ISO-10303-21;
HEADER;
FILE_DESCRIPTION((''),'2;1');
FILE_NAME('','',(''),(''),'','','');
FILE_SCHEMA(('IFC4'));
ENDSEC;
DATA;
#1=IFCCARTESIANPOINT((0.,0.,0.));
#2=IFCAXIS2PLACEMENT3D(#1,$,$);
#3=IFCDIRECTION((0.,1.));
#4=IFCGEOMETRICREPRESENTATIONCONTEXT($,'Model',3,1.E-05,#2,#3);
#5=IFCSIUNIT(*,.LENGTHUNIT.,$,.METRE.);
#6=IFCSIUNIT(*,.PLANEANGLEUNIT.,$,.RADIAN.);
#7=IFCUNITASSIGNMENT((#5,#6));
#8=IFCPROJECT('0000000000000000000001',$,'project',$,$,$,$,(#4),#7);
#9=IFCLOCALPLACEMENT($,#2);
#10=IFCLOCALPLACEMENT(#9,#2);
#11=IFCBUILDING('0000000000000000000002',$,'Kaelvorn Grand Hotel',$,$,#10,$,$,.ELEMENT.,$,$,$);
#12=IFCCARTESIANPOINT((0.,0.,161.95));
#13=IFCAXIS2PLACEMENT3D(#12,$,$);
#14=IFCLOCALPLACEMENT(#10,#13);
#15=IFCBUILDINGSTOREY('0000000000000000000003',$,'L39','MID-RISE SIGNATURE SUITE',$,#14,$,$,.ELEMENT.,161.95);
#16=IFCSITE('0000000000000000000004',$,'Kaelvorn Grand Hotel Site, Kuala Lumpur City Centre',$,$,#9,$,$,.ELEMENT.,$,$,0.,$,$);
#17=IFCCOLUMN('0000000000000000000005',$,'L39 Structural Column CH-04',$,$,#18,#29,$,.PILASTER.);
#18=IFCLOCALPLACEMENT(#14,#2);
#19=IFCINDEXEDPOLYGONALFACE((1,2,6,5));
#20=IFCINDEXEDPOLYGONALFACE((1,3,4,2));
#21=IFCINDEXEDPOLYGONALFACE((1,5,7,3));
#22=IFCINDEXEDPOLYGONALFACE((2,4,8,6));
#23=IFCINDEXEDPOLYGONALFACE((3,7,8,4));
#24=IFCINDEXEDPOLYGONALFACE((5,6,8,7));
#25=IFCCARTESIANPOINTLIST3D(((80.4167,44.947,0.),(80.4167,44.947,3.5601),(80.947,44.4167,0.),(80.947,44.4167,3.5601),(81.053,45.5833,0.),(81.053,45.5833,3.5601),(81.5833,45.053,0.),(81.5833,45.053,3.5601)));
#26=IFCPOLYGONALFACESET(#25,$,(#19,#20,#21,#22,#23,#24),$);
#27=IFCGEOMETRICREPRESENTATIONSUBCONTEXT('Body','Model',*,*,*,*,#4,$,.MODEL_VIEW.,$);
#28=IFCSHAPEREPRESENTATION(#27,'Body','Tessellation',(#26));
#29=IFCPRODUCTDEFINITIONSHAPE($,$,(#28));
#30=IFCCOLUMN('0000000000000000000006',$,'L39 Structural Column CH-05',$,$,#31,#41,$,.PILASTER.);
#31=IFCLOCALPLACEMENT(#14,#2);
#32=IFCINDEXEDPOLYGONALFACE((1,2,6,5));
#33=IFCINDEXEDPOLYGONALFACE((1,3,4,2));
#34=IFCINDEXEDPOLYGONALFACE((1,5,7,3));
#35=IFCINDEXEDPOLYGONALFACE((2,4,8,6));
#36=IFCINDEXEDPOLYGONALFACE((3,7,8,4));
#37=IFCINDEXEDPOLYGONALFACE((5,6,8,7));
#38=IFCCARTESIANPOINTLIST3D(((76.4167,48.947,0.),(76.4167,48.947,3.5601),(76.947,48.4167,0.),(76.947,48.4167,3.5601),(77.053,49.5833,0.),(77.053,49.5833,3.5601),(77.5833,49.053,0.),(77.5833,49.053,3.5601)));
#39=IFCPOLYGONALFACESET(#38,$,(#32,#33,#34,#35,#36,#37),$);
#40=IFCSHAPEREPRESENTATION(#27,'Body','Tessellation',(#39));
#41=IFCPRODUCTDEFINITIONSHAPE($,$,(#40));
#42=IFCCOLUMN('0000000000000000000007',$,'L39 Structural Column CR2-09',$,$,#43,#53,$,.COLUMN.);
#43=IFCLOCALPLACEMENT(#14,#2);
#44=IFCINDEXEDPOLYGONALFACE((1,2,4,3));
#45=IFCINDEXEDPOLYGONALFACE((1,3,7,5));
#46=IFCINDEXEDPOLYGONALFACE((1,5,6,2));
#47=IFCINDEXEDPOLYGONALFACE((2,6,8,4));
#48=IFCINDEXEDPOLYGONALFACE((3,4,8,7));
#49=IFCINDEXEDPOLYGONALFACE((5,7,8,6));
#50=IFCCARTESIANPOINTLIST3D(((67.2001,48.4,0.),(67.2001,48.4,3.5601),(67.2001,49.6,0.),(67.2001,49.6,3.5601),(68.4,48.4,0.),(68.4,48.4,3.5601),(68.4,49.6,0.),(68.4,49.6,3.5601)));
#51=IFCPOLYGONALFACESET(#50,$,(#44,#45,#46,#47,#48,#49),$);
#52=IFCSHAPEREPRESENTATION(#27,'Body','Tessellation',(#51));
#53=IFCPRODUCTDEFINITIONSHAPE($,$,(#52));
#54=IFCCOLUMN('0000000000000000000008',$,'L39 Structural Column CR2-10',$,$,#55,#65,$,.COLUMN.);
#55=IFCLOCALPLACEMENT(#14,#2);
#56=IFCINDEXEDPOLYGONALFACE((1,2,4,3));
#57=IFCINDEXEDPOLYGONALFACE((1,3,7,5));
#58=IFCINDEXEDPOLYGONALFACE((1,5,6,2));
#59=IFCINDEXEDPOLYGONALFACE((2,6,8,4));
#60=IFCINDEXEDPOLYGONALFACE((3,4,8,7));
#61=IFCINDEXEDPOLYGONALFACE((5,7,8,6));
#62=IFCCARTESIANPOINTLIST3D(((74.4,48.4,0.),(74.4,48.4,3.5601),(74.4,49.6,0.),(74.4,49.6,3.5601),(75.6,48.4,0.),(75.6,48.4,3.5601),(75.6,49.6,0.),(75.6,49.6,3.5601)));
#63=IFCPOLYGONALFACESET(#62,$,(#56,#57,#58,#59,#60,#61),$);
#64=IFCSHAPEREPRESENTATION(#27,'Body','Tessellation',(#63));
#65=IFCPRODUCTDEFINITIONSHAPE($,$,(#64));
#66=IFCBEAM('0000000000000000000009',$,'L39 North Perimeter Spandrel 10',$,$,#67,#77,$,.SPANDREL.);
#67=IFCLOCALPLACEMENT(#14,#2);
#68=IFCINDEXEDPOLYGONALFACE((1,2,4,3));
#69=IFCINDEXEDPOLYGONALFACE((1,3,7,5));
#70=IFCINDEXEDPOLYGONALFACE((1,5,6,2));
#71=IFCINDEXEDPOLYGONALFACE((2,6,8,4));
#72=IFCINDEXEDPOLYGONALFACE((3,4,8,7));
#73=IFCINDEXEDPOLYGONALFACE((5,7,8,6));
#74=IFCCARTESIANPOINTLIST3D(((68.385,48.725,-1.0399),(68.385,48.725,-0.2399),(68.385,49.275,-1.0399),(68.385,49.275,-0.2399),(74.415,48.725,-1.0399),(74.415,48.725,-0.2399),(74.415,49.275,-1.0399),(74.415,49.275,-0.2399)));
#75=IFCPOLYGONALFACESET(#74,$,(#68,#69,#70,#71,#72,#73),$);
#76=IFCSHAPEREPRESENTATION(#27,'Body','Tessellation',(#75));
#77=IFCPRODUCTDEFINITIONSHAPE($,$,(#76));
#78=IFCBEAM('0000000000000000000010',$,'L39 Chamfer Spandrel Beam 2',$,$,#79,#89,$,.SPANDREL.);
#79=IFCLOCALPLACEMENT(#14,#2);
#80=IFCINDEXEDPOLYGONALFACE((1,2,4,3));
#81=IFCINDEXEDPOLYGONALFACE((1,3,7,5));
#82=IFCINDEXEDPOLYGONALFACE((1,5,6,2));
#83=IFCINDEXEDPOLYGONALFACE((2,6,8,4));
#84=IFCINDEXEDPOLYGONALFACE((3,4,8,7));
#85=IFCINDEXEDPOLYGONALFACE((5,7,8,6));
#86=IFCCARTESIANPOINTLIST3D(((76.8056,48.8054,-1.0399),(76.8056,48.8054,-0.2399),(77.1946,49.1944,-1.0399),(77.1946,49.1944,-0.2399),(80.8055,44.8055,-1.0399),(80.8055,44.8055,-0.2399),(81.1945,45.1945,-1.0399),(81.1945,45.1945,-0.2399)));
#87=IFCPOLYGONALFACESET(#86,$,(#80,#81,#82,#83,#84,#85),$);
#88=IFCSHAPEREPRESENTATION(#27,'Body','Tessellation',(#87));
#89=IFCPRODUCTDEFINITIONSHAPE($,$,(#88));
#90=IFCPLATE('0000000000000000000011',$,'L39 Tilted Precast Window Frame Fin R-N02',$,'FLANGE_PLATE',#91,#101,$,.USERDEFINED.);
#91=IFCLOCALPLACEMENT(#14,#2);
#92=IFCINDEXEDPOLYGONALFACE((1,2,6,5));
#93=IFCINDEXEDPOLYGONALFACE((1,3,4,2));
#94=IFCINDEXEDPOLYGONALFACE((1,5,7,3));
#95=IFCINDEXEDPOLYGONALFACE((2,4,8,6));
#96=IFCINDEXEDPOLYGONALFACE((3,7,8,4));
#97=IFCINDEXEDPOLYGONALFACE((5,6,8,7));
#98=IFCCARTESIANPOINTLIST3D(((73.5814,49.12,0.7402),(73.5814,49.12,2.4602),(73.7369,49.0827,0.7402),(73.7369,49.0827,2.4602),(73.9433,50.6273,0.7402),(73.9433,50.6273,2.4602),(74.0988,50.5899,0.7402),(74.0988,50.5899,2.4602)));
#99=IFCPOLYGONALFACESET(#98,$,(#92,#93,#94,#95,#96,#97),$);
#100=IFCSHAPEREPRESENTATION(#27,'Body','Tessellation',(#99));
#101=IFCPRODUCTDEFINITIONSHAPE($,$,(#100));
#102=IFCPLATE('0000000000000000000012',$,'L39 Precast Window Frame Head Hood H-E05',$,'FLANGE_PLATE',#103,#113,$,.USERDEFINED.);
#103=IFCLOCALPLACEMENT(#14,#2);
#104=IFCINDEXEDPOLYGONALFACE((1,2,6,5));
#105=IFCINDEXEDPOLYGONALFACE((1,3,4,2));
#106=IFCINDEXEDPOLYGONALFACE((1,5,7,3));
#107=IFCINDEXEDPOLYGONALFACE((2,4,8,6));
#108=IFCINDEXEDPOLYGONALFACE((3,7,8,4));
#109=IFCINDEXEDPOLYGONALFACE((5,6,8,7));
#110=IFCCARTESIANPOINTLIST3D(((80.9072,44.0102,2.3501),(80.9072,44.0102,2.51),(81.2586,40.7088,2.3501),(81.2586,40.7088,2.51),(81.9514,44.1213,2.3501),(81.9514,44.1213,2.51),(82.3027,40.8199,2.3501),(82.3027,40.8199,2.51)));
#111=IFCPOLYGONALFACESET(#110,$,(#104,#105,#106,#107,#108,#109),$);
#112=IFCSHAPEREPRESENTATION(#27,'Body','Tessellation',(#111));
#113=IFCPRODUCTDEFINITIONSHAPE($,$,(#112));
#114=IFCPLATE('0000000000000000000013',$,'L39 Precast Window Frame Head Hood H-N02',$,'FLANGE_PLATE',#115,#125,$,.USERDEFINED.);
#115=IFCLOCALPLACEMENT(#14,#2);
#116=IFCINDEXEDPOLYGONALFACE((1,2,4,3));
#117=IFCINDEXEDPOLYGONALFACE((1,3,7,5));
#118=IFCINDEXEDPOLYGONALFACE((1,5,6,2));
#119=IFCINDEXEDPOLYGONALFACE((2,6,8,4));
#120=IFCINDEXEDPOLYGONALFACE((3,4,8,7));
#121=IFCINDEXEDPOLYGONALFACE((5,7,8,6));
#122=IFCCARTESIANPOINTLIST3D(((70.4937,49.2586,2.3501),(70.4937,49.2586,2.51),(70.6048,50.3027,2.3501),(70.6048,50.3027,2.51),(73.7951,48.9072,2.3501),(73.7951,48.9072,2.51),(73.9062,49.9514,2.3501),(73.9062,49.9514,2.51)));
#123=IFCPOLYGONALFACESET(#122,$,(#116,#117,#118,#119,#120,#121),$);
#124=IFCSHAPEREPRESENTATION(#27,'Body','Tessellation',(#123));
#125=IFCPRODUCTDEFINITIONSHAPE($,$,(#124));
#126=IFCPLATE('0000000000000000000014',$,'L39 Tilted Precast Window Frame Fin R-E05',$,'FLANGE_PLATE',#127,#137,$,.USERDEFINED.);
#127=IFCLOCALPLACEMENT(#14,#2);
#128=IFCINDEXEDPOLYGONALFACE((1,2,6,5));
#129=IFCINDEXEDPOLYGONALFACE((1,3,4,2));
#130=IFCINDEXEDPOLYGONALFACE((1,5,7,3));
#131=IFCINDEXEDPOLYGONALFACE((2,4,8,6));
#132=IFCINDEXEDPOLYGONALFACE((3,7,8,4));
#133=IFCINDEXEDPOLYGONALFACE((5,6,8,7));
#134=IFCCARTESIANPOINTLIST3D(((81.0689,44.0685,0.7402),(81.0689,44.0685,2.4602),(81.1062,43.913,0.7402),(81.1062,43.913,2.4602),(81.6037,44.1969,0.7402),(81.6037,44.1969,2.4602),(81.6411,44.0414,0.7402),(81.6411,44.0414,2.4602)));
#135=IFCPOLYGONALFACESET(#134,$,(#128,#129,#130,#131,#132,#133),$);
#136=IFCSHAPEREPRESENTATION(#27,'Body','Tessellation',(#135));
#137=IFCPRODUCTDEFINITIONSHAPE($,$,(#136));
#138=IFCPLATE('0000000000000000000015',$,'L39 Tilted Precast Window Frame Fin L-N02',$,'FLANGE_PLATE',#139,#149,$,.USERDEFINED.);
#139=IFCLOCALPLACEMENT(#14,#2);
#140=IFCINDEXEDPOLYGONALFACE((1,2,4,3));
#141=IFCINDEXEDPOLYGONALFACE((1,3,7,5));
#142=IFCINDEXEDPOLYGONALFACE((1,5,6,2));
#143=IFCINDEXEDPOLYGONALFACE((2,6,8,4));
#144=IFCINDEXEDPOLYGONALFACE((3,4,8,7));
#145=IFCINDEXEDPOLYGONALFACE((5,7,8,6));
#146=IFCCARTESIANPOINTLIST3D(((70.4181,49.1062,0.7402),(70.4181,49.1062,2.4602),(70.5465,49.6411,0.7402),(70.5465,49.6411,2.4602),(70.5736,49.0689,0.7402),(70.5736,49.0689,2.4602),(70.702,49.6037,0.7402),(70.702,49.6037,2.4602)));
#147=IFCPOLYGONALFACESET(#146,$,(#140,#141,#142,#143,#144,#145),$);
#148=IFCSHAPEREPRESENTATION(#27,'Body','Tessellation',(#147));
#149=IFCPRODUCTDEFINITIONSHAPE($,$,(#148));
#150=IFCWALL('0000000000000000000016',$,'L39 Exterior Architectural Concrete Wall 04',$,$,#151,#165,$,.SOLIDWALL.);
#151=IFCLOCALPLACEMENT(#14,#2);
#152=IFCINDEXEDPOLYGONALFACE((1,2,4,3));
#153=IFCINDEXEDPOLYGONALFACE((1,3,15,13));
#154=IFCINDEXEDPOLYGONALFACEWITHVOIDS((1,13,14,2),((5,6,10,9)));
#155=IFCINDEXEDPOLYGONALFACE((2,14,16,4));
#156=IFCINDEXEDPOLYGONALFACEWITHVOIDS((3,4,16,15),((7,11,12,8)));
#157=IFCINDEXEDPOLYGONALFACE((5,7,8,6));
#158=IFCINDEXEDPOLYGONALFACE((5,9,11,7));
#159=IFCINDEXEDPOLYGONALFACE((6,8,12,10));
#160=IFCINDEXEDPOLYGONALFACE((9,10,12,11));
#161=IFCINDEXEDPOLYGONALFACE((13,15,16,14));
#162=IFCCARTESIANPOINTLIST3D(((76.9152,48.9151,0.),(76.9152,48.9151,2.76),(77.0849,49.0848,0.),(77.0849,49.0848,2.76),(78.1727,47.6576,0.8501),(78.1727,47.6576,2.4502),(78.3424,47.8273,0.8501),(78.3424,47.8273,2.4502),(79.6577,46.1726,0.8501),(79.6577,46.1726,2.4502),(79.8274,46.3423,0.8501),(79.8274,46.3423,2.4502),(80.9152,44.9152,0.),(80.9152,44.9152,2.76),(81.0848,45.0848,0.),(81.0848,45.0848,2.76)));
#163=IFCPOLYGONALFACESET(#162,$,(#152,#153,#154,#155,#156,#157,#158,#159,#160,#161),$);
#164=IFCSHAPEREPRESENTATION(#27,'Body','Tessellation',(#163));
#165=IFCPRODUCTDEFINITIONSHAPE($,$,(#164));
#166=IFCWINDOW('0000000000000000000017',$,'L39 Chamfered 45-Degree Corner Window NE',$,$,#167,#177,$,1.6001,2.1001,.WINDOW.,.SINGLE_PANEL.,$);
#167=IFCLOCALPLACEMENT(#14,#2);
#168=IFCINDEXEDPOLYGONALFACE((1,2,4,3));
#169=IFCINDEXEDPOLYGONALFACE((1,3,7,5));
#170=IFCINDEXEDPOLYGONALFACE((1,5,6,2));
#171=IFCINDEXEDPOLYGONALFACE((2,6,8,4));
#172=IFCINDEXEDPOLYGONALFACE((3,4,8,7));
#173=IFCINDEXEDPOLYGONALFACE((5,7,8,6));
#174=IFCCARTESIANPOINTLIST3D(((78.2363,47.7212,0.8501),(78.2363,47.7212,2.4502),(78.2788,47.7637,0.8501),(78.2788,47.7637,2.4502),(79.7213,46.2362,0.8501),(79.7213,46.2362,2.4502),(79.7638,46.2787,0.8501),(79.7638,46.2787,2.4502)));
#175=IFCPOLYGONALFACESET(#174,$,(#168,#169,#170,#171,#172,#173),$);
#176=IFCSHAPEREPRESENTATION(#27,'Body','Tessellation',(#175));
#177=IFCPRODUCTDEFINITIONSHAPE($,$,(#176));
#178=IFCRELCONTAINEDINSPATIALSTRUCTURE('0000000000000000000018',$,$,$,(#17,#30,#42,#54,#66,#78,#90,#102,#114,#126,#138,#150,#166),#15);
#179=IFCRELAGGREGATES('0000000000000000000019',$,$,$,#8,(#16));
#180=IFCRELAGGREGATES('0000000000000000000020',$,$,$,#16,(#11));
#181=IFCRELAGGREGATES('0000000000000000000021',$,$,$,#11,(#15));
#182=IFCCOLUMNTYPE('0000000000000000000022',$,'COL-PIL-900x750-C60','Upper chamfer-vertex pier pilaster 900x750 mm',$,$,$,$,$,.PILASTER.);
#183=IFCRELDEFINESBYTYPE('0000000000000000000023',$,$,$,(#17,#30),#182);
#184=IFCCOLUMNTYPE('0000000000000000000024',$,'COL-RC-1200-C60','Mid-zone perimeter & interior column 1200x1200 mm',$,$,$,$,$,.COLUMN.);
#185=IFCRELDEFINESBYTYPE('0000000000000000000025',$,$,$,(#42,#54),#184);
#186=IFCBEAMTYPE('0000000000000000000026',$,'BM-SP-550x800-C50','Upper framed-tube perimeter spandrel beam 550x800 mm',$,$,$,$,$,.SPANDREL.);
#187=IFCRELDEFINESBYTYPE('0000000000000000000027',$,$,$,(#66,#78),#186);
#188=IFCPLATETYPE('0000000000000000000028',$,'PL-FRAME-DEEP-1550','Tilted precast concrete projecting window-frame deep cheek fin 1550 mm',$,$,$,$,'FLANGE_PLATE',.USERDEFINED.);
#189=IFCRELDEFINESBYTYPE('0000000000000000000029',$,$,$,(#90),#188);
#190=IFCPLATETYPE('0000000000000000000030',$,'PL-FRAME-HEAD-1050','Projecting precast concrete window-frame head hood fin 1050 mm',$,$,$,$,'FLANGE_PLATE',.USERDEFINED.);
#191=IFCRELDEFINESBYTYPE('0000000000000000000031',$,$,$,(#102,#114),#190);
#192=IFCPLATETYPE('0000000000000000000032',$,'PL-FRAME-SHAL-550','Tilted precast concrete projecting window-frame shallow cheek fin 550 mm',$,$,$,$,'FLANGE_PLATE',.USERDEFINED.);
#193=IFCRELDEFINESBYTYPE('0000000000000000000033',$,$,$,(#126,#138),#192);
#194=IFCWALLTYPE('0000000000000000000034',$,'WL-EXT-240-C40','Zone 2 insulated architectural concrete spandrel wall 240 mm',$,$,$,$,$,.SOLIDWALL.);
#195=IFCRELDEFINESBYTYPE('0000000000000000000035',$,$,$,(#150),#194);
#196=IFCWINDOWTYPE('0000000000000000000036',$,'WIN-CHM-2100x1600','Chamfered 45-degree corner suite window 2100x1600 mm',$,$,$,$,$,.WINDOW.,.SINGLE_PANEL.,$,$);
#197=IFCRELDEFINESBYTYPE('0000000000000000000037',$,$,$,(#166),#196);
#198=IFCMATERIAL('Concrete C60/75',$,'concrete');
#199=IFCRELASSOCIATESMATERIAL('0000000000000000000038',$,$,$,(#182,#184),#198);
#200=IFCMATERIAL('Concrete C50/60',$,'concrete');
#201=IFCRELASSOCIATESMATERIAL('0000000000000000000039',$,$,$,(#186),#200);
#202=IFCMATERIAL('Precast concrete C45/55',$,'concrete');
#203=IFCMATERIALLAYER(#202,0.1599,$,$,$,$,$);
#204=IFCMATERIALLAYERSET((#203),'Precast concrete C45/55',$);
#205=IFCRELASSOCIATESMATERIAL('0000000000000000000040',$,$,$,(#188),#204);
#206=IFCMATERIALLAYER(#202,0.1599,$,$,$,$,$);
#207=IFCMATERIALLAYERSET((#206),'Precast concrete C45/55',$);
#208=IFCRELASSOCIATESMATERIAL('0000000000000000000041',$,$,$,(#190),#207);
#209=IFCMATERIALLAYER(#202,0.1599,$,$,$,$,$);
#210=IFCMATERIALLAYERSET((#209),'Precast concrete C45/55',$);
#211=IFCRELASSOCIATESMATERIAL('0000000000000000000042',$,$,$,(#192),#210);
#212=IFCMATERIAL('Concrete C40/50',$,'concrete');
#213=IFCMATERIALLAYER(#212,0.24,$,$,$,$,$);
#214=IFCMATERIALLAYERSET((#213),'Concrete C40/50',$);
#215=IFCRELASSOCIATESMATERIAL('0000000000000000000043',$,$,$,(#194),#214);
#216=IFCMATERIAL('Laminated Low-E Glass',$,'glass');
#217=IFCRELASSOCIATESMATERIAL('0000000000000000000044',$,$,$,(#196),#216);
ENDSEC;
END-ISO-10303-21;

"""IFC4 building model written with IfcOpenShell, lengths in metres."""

from ifc_helpers import new_model, si_unit, direction, frame, frame_2d, origin, origin_2d, place, context, subcontext, project, spatial, rectangle, extrude, material, layer, layer_set, material_profile, profile_set, type_object, element, fill, save


model = new_model("IFC4")

# Units and contexts
model_context = context("Model", 3, precision=1e-05, world=origin(), true_north=direction((0.0, 1.0)))
body_context = subcontext(model_context, "Body", "Model", "MODEL_VIEW")
ifc_project = project(units=[si_unit("LENGTHUNIT", "METRE"), si_unit("PLANEANGLEUNIT", "RADIAN")], contexts=[model_context])

# Site, building, storey
site_placement = place(None, origin())
site = spatial("IfcSite", under=ifc_project, at=site_placement, Name="Kaelvorn Grand Hotel Site, Kuala Lumpur City Centre", CompositionType="ELEMENT", RefElevation=0.0)
building_placement = place(site_placement, origin())
building = spatial("IfcBuilding", under=site, at=building_placement, Name="Kaelvorn Grand Hotel", CompositionType="ELEMENT")
storey_placement = place(building_placement, frame((0.0, 0.0, 161.95)))
storey = spatial("IfcBuildingStorey", under=building, at=storey_placement, Name="L39", Description="MID-RISE SIGNATURE SUITE", CompositionType="ELEMENT", Elevation=161.95)

# Columns
ifc_material_1 = material(Name="Concrete C60/75", Category="concrete")
ifc_material_profile_1 = material_profile(ifc_material_1, rectangle(XDim=0.8999, YDim=0.75, at=origin_2d()), Name="RC PILASTER 900x750")
ifc_profile_set_1 = profile_set([ifc_material_profile_1], Name="Concrete C60/75")
column_type_1 = type_object("IfcColumnType", Name="COL-PIL-900x750-C60", Description="Upper chamfer-vertex pier pilaster 900x750 mm", PredefinedType="PILASTER", material=ifc_profile_set_1)
for number, where, z_axis, x_axis, name in (
    (1, (81.0, 45.0, 0.0), (0.0, 0.0, 1.0), (0.707107, 0.707107, 0.0), "L39 Structural Column CH-04"),
    (2, (77.0, 49.0, 0.0), (0.0, 0.0, 1.0), (0.707107, 0.707107, 0.0), "L39 Structural Column CH-05"),
):
    element("IfcColumn", number, at=place(storey_placement, frame(where, z_axis=z_axis, x_axis=x_axis)), inside=storey, type_object=column_type_1, Name=name, PredefinedType="PILASTER", context=body_context, shape_type="SweptSolid", body=[
        extrude(rectangle(XDim=0.8999, YDim=0.75, at=origin_2d()), origin(), (0.0, 0.0, 1.0), 3.5601),
    ])
ifc_material_profile_2 = material_profile(ifc_material_1, rectangle(XDim=1.2, YDim=1.2, at=origin_2d()), Name="RC COL 1200x1200")
ifc_profile_set_2 = profile_set([ifc_material_profile_2], Name="Concrete C60/75")
column_type_2 = type_object("IfcColumnType", Name="COL-RC-1200-C60", Description="Mid-zone perimeter & interior column 1200x1200 mm", PredefinedType="COLUMN", material=ifc_profile_set_2)
for number, where, z_axis, x_axis, name in (
    (3, (67.8, 49.0, 0.0), (0.0, 0.0, 1.0), (1.0, 0.0, 0.0), "L39 Structural Column CR2-09"),
    (4, (75.0, 49.0, 0.0), (0.0, 0.0, 1.0), (1.0, 0.0, 0.0), "L39 Structural Column CR2-10"),
):
    element("IfcColumn", number, at=place(storey_placement, frame(where, z_axis=z_axis, x_axis=x_axis)), inside=storey, type_object=column_type_2, Name=name, PredefinedType="COLUMN", context=body_context, shape_type="SweptSolid", body=[
        extrude(rectangle(XDim=1.2, YDim=1.2, at=origin_2d()), origin(), (0.0, 0.0, 1.0), 3.5601),
    ])

# Beams
ifc_material_2 = material(Name="Concrete C50/60", Category="concrete")
ifc_material_profile_3 = material_profile(ifc_material_2, rectangle(XDim=0.55, YDim=0.8, at=origin_2d()), Name="RC SPANDREL 550x800")
ifc_profile_set_3 = profile_set([ifc_material_profile_3], Name="Concrete C50/60")
beam_type = type_object("IfcBeamType", Name="BM-SP-550x800-C50", Description="Upper framed-tube perimeter spandrel beam 550x800 mm", PredefinedType="SPANDREL", material=ifc_profile_set_3)
beam_1_placement = place(storey_placement, frame((68.385, 49.0, -0.6399), z_axis=(1.0, 0.0, 0.0), x_axis=(0.0, 1.0, 0.0)))
element("IfcBeam", 5, at=beam_1_placement, inside=storey, type_object=beam_type, Name="L39 North Perimeter Spandrel 10", PredefinedType="SPANDREL", context=body_context, shape_type="SweptSolid", body=[
    extrude(rectangle(XDim=0.55, YDim=0.8, at=origin_2d()), origin(), (0.0, 0.0, 1.0), 6.03),
])
beam_2_placement = place(storey_placement, frame((81.0, 45.0, -0.6399), z_axis=(-0.707107, 0.707107, 0.0), x_axis=(-0.707107, -0.707107, 0.0)))
element("IfcBeam", 6, at=beam_2_placement, inside=storey, type_object=beam_type, Name="L39 Chamfer Spandrel Beam 2", PredefinedType="SPANDREL", context=body_context, shape_type="SweptSolid", body=[
    extrude(rectangle(XDim=0.55, YDim=0.8, at=origin_2d()), origin(), (0.0, 0.0, 1.0), 5.6567),
])

# Plates
ifc_material_3 = material(Name="Precast concrete C45/55", Category="concrete")
ifc_layer_1 = layer(ifc_material_3, 0.1599)
ifc_layer_set_1 = layer_set([ifc_layer_1], Name="Precast concrete C45/55")
plate_type_1 = type_object("IfcPlateType", Name="PL-FRAME-DEEP-1550", Description="Tilted precast concrete projecting window-frame deep cheek fin 1550 mm", ElementType="FLANGE_PLATE", PredefinedType="USERDEFINED", material=ifc_layer_set_1)
plate_placement = place(storey_placement, frame((73.8401, 49.855, 0.7402), z_axis=(0.0, 0.0, 1.0), x_axis=(0.97237, -0.233445, 0.0)))
element("IfcPlate", 7, at=plate_placement, inside=storey, type_object=plate_type_1, Name="L39 Tilted Precast Window Frame Fin R-N02", ObjectType="FLANGE_PLATE", PredefinedType="USERDEFINED", context=body_context, shape_type="SweptSolid", body=[
    extrude(rectangle(XDim=0.1599, YDim=1.55, at=origin_2d()), origin(), (0.0, 0.0, 1.0), 1.72),
])
ifc_layer_2 = layer(ifc_material_3, 0.1599)
ifc_layer_set_2 = layer_set([ifc_layer_2], Name="Precast concrete C45/55")
plate_type_2 = type_object("IfcPlateType", Name="PL-FRAME-HEAD-1050", Description="Projecting precast concrete window-frame head hood fin 1050 mm", ElementType="FLANGE_PLATE", PredefinedType="USERDEFINED", material=ifc_layer_set_2)
for number, where, z_axis, x_axis, name in (
    (8, (81.605, 42.415, 2.3501), (0.0, 0.0, 1.0), (-0.10583, 0.994384, 0.0), "L39 Precast Window Frame Head Hood H-E05"),
    (9, (72.2, 49.605, 2.3501), (0.0, 0.0, 1.0), (0.994384, -0.10583, 0.0), "L39 Precast Window Frame Head Hood H-N02"),
):
    element("IfcPlate", number, at=place(storey_placement, frame(where, z_axis=z_axis, x_axis=x_axis)), inside=storey, type_object=plate_type_2, Name=name, ObjectType="FLANGE_PLATE", PredefinedType="USERDEFINED", context=body_context, shape_type="SweptSolid", body=[
        extrude(rectangle(XDim=3.3201, YDim=1.05, at=origin_2d()), origin(), (0.0, 0.0, 1.0), 0.1599),
    ])
ifc_layer_3 = layer(ifc_material_3, 0.1599)
ifc_layer_set_3 = layer_set([ifc_layer_3], Name="Precast concrete C45/55")
plate_type_3 = type_object("IfcPlateType", Name="PL-FRAME-SHAL-550", Description="Tilted precast concrete projecting window-frame shallow cheek fin 550 mm", ElementType="FLANGE_PLATE", PredefinedType="USERDEFINED", material=ifc_layer_set_3)
for number, where, z_axis, x_axis, name in (
    (10, (81.355, 44.0549, 0.7402), (0.0, 0.0, 1.0), (-0.233445, 0.97237, 0.0), "L39 Tilted Precast Window Frame Fin R-E05"),
    (11, (70.5601, 49.355, 0.7402), (0.0, 0.0, 1.0), (0.97237, -0.233445, 0.0), "L39 Tilted Precast Window Frame Fin L-N02"),
):
    element("IfcPlate", number, at=place(storey_placement, frame(where, z_axis=z_axis, x_axis=x_axis)), inside=storey, type_object=plate_type_3, Name=name, ObjectType="FLANGE_PLATE", PredefinedType="USERDEFINED", context=body_context, shape_type="SweptSolid", body=[
        extrude(rectangle(XDim=0.1599, YDim=0.55, at=origin_2d()), origin(), (0.0, 0.0, 1.0), 1.72),
    ])

# Wall, opening, window
ifc_material_4 = material(Name="Concrete C40/50", Category="concrete")
ifc_layer_4 = layer(ifc_material_4, 0.24)
ifc_layer_set_4 = layer_set([ifc_layer_4], Name="Concrete C40/50")
wall_type = type_object("IfcWallType", Name="WL-EXT-240-C40", Description="Zone 2 insulated architectural concrete spandrel wall 240 mm", PredefinedType="SOLIDWALL", material=ifc_layer_set_4)
wall_1_placement = place(storey_placement, frame((81.0, 45.0, 0.0), z_axis=(0.0, 0.0, 1.0), x_axis=(-0.707107, 0.707107, 0.0)))
wall_1 = element("IfcWall", 12, at=wall_1_placement, inside=storey, type_object=wall_type, Name="L39 Exterior Architectural Concrete Wall 04", PredefinedType="SOLIDWALL", context=body_context, shape_type="SweptSolid", body=[
    extrude(rectangle(XDim=5.6567, YDim=0.24, at=frame_2d((2.8284, 0.0))), origin(), (0.0, 0.0, 1.0), 2.76),
])
opening_1_placement = place(wall_1_placement, frame((1.7783, 0.0, 0.8501)))
opening_1 = element("IfcOpeningElement", 13, at=opening_1_placement, cuts=wall_1, PredefinedType="OPENING", context=body_context, shape_type="SweptSolid", body=[
    extrude(rectangle(XDim=2.1001, YDim=1.6001, at=frame_2d((1.05, 0.8))), frame((0.0, 0.1299, 0.0), z_axis=(0.0, -1.0, 0.0), x_axis=(1.0, 0.0, 0.0)), (0.0, 0.0, 1.0), 0.26),
])
ifc_material_5 = material(Name="Laminated Low-E Glass", Category="glass")
window_type_1 = type_object("IfcWindowType", Name="WIN-CHM-2100x1600", Description="Chamfered 45-degree corner suite window 2100x1600 mm", PartitioningType="SINGLE_PANEL", PredefinedType="WINDOW", material=ifc_material_5)
window_1_placement = place(opening_1_placement, origin())
window_1 = element("IfcWindow", 14, at=window_1_placement, inside=storey, type_object=window_type_1, Name="L39 Chamfered 45-Degree Corner Window NE", OverallHeight=1.6001, OverallWidth=2.1001, PartitioningType="SINGLE_PANEL", PredefinedType="WINDOW", context=body_context, shape_type="SweptSolid", body=[
    extrude(rectangle(XDim=2.1001, YDim=1.6001, at=frame_2d((1.05, 0.8))), frame((0.0, 0.03, 0.0), z_axis=(0.0, -1.0, 0.0), x_axis=(1.0, 0.0, 0.0)), (0.0, 0.0, 1.0), 0.0601),
])
fill(opening_1, window_1)

save(model, "model.ifc")
